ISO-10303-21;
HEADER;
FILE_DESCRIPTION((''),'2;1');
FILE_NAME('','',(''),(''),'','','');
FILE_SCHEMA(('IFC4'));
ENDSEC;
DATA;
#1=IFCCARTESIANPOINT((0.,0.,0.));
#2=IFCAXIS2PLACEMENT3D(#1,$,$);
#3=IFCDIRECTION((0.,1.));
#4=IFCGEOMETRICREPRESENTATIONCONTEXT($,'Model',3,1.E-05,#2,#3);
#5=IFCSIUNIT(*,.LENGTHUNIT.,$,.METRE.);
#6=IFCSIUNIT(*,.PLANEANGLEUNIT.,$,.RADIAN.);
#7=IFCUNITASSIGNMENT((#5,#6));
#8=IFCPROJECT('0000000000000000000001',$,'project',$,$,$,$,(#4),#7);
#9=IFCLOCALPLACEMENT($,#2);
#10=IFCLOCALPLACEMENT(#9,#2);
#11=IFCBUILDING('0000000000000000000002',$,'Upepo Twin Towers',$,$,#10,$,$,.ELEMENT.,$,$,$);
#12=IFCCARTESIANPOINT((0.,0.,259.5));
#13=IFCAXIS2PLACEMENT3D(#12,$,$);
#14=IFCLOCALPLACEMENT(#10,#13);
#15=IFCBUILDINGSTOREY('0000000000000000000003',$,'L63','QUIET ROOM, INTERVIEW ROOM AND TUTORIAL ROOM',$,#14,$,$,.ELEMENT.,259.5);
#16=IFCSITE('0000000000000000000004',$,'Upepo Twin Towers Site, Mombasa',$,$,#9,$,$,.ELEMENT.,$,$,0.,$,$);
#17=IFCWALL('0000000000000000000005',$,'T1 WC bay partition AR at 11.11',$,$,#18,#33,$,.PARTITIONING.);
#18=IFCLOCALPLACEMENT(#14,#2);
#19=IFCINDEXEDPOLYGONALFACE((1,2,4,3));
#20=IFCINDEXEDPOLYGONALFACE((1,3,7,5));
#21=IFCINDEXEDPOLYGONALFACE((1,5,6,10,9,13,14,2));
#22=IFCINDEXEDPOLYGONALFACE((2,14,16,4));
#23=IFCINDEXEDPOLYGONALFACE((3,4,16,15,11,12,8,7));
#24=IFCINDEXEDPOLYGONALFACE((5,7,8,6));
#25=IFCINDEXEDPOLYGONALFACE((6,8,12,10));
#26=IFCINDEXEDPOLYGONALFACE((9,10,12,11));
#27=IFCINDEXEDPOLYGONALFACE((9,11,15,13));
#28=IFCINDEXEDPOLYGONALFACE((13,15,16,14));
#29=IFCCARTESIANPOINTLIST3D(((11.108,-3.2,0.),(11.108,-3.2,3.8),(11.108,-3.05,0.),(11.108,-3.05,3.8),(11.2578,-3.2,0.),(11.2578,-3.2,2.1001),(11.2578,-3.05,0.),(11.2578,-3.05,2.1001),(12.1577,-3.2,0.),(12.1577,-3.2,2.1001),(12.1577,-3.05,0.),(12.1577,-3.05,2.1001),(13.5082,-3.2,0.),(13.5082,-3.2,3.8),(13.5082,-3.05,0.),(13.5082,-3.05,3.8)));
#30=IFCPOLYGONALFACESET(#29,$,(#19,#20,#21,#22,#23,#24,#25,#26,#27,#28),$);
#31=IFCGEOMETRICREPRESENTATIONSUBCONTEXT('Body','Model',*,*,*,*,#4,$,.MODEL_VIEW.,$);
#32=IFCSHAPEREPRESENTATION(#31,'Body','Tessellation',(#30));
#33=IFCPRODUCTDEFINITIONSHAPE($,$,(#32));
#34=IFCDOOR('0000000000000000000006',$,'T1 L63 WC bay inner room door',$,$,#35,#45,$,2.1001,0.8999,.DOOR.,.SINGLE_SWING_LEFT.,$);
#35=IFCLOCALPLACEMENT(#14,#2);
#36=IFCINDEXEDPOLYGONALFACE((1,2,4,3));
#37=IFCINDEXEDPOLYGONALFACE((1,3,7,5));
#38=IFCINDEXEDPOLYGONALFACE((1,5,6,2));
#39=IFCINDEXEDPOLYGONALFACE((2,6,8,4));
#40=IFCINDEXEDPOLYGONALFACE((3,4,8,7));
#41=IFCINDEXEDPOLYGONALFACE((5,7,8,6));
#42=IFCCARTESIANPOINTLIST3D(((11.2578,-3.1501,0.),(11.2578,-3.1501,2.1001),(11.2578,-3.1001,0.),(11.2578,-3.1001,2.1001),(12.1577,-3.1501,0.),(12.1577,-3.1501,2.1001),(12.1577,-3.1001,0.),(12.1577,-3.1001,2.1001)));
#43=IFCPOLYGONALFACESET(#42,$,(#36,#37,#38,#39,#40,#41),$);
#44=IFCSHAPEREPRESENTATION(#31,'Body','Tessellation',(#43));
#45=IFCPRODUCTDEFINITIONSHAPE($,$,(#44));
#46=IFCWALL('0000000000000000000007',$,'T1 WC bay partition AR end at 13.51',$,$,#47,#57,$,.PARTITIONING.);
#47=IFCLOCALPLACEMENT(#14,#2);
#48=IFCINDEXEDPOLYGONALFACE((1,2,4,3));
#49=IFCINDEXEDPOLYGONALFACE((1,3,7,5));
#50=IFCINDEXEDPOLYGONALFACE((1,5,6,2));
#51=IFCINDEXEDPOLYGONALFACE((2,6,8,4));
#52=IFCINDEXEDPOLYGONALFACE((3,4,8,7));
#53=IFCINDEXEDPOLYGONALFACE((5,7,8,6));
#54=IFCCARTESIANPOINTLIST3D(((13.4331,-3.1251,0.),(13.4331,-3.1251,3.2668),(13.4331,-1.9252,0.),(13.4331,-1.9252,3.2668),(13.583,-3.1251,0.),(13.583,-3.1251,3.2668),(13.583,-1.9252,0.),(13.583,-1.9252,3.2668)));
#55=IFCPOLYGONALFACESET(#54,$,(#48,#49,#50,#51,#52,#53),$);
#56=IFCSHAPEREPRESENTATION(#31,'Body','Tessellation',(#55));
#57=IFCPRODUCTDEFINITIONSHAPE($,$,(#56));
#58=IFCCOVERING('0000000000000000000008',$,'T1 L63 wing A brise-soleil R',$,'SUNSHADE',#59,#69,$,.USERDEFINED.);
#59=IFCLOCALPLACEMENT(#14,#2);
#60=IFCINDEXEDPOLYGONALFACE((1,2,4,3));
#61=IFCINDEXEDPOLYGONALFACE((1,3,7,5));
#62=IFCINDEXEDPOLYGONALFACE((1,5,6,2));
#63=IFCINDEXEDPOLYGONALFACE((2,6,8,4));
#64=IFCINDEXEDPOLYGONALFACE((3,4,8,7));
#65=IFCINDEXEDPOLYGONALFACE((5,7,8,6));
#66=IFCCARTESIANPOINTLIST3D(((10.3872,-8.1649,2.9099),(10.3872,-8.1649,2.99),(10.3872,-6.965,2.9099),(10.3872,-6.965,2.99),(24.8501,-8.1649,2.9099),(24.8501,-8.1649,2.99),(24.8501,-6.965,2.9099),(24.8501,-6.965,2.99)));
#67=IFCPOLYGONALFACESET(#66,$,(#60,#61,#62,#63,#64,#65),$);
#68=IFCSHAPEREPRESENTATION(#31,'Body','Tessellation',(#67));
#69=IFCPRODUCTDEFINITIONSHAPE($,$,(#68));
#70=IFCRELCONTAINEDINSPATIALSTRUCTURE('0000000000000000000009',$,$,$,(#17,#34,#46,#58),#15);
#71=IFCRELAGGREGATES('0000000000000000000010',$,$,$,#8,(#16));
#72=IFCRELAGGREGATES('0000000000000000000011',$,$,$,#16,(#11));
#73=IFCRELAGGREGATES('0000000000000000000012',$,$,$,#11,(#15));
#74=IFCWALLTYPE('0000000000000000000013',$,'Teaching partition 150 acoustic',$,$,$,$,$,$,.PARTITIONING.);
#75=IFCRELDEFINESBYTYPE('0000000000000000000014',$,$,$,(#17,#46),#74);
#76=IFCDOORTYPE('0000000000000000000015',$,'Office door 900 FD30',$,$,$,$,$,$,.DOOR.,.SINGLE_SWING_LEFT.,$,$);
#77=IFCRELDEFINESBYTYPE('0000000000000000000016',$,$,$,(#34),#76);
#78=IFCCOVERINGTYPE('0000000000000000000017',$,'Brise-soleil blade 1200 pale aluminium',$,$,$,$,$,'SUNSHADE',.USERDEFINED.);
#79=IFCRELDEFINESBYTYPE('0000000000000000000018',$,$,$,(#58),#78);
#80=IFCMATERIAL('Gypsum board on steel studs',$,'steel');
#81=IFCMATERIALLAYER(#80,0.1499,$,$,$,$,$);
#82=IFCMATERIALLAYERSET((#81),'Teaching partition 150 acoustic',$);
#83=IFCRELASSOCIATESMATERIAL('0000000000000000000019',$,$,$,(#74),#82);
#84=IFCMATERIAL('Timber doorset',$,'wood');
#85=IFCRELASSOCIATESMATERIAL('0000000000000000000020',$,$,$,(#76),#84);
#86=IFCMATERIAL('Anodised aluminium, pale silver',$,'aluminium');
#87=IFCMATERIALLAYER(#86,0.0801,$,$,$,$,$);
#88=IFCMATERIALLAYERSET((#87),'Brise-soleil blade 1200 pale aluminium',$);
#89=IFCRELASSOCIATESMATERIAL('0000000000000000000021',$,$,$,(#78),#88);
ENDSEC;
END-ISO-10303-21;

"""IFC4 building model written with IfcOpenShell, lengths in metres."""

from ifc_helpers import new_model, si_unit, direction, frame, frame_2d, origin, origin_2d, place, context, subcontext, project, spatial, rectangle, extrude, material, layer, layer_set, type_object, element, fill, save


model = new_model("IFC4")

# Units and contexts
model_context = context("Model", 3, precision=1e-05, world=origin(), true_north=direction((0.0, 1.0)))
body_context = subcontext(model_context, "Body", "Model", "MODEL_VIEW")
ifc_project = project(units=[si_unit("LENGTHUNIT", "METRE"), si_unit("PLANEANGLEUNIT", "RADIAN")], contexts=[model_context])

# Site, building, storey
site_placement = place(None, origin())
site = spatial("IfcSite", under=ifc_project, at=site_placement, Name="Upepo Twin Towers Site, Mombasa", CompositionType="ELEMENT", RefElevation=0.0)
building_placement = place(site_placement, origin())
building = spatial("IfcBuilding", under=site, at=building_placement, Name="Upepo Twin Towers", CompositionType="ELEMENT")
storey_placement = place(building_placement, frame((0.0, 0.0, 259.5)))
storey = spatial("IfcBuildingStorey", under=building, at=storey_placement, Name="L63", Description="QUIET ROOM, INTERVIEW ROOM AND TUTORIAL ROOM", CompositionType="ELEMENT", Elevation=259.5)

# Shared definitions
ifc_material_1 = material(Name="Gypsum board on steel studs", Category="steel")
ifc_layer_1 = layer(ifc_material_1, 0.1499)
ifc_layer_set_1 = layer_set([ifc_layer_1], Name="Teaching partition 150 acoustic")
wall_type_1 = type_object("IfcWallType", Name="Teaching partition 150 acoustic", PredefinedType="PARTITIONING", material=ifc_layer_set_1)

# Wall, opening, door
wall_1_placement = place(storey_placement, frame((11.1079, -3.125, 0.0), z_axis=(0.0, 0.0, 1.0), x_axis=(1.0, 0.0, 0.0)))
wall_1 = element("IfcWall", 1, at=wall_1_placement, inside=storey, type_object=wall_type_1, Name="T1 WC bay partition AR at 11.11", PredefinedType="PARTITIONING", context=body_context, shape_type="SweptSolid", body=[
    extrude(rectangle(XDim=2.4001, YDim=0.1499, at=frame_2d((1.2002, 0.0))), origin(), (0.0, 0.0, 1.0), 3.8),
])
opening_1_placement = place(wall_1_placement, frame((0.1499, 0.0, 0.0)))
opening_1 = element("IfcOpeningElement", 2, at=opening_1_placement, cuts=wall_1, PredefinedType="OPENING", context=body_context, shape_type="SweptSolid", body=[
    extrude(rectangle(XDim=0.8999, YDim=2.1001, at=frame_2d((0.45, 1.05))), frame((0.0, 0.085, 0.0), z_axis=(0.0, -1.0, 0.0), x_axis=(1.0, 0.0, 0.0)), (0.0, 0.0, 1.0), 0.1699),
])
ifc_material_2 = material(Name="Timber doorset", Category="wood")
door_type_1 = type_object("IfcDoorType", Name="Office door 900 FD30", OperationType="SINGLE_SWING_LEFT", PredefinedType="DOOR", material=ifc_material_2)
door_1_placement = place(opening_1_placement, origin())
door_1 = element("IfcDoor", 3, at=door_1_placement, inside=storey, type_object=door_type_1, Name="T1 L63 WC bay inner room door", OperationType="SINGLE_SWING_LEFT", OverallHeight=2.1001, OverallWidth=0.8999, PredefinedType="DOOR", context=body_context, shape_type="SweptSolid", body=[
    extrude(rectangle(XDim=0.8999, YDim=2.1001, at=frame_2d((0.45, 1.05))), frame((0.0, 0.0249, 0.0), z_axis=(0.0, -1.0, 0.0), x_axis=(1.0, 0.0, 0.0)), (0.0, 0.0, 1.0), 0.05),
])
fill(opening_1, door_1)

# Wall
wall_2_placement = place(storey_placement, frame((13.5081, -1.925, 0.0), z_axis=(0.0, 0.0, 1.0), x_axis=(0.0, -1.0, 0.0)))
element("IfcWall", 4, at=wall_2_placement, inside=storey, type_object=wall_type_1, Name="T1 WC bay partition AR end at 13.51", PredefinedType="PARTITIONING", context=body_context, shape_type="SweptSolid", body=[
    extrude(rectangle(XDim=1.2, YDim=0.1499, at=frame_2d((0.6001, 0.0))), origin(), (0.0, 0.0, 1.0), 3.2668),
])

# Covering
ifc_material_3 = material(Name="Anodised aluminium, pale silver", Category="aluminium")
ifc_layer_2 = layer(ifc_material_3, 0.0801)
ifc_layer_set_2 = layer_set([ifc_layer_2], Name="Brise-soleil blade 1200 pale aluminium")
covering_type = type_object("IfcCoveringType", Name="Brise-soleil blade 1200 pale aluminium", ElementType="SUNSHADE", PredefinedType="USERDEFINED", material=ifc_layer_set_2)
covering_placement = place(storey_placement, frame((17.6187, -7.5649, 2.9099), z_axis=(0.0, 0.0, 1.0), x_axis=(1.0, 0.0, 0.0)))
element("IfcCovering", 5, at=covering_placement, inside=storey, type_object=covering_type, Name="T1 L63 wing A brise-soleil R", ObjectType="SUNSHADE", PredefinedType="USERDEFINED", context=body_context, shape_type="SweptSolid", body=[
    extrude(rectangle(XDim=14.4629, YDim=1.2, at=origin_2d()), origin(), (0.0, 0.0, 1.0), 0.0801),
])

save(model, "model.ifc")
